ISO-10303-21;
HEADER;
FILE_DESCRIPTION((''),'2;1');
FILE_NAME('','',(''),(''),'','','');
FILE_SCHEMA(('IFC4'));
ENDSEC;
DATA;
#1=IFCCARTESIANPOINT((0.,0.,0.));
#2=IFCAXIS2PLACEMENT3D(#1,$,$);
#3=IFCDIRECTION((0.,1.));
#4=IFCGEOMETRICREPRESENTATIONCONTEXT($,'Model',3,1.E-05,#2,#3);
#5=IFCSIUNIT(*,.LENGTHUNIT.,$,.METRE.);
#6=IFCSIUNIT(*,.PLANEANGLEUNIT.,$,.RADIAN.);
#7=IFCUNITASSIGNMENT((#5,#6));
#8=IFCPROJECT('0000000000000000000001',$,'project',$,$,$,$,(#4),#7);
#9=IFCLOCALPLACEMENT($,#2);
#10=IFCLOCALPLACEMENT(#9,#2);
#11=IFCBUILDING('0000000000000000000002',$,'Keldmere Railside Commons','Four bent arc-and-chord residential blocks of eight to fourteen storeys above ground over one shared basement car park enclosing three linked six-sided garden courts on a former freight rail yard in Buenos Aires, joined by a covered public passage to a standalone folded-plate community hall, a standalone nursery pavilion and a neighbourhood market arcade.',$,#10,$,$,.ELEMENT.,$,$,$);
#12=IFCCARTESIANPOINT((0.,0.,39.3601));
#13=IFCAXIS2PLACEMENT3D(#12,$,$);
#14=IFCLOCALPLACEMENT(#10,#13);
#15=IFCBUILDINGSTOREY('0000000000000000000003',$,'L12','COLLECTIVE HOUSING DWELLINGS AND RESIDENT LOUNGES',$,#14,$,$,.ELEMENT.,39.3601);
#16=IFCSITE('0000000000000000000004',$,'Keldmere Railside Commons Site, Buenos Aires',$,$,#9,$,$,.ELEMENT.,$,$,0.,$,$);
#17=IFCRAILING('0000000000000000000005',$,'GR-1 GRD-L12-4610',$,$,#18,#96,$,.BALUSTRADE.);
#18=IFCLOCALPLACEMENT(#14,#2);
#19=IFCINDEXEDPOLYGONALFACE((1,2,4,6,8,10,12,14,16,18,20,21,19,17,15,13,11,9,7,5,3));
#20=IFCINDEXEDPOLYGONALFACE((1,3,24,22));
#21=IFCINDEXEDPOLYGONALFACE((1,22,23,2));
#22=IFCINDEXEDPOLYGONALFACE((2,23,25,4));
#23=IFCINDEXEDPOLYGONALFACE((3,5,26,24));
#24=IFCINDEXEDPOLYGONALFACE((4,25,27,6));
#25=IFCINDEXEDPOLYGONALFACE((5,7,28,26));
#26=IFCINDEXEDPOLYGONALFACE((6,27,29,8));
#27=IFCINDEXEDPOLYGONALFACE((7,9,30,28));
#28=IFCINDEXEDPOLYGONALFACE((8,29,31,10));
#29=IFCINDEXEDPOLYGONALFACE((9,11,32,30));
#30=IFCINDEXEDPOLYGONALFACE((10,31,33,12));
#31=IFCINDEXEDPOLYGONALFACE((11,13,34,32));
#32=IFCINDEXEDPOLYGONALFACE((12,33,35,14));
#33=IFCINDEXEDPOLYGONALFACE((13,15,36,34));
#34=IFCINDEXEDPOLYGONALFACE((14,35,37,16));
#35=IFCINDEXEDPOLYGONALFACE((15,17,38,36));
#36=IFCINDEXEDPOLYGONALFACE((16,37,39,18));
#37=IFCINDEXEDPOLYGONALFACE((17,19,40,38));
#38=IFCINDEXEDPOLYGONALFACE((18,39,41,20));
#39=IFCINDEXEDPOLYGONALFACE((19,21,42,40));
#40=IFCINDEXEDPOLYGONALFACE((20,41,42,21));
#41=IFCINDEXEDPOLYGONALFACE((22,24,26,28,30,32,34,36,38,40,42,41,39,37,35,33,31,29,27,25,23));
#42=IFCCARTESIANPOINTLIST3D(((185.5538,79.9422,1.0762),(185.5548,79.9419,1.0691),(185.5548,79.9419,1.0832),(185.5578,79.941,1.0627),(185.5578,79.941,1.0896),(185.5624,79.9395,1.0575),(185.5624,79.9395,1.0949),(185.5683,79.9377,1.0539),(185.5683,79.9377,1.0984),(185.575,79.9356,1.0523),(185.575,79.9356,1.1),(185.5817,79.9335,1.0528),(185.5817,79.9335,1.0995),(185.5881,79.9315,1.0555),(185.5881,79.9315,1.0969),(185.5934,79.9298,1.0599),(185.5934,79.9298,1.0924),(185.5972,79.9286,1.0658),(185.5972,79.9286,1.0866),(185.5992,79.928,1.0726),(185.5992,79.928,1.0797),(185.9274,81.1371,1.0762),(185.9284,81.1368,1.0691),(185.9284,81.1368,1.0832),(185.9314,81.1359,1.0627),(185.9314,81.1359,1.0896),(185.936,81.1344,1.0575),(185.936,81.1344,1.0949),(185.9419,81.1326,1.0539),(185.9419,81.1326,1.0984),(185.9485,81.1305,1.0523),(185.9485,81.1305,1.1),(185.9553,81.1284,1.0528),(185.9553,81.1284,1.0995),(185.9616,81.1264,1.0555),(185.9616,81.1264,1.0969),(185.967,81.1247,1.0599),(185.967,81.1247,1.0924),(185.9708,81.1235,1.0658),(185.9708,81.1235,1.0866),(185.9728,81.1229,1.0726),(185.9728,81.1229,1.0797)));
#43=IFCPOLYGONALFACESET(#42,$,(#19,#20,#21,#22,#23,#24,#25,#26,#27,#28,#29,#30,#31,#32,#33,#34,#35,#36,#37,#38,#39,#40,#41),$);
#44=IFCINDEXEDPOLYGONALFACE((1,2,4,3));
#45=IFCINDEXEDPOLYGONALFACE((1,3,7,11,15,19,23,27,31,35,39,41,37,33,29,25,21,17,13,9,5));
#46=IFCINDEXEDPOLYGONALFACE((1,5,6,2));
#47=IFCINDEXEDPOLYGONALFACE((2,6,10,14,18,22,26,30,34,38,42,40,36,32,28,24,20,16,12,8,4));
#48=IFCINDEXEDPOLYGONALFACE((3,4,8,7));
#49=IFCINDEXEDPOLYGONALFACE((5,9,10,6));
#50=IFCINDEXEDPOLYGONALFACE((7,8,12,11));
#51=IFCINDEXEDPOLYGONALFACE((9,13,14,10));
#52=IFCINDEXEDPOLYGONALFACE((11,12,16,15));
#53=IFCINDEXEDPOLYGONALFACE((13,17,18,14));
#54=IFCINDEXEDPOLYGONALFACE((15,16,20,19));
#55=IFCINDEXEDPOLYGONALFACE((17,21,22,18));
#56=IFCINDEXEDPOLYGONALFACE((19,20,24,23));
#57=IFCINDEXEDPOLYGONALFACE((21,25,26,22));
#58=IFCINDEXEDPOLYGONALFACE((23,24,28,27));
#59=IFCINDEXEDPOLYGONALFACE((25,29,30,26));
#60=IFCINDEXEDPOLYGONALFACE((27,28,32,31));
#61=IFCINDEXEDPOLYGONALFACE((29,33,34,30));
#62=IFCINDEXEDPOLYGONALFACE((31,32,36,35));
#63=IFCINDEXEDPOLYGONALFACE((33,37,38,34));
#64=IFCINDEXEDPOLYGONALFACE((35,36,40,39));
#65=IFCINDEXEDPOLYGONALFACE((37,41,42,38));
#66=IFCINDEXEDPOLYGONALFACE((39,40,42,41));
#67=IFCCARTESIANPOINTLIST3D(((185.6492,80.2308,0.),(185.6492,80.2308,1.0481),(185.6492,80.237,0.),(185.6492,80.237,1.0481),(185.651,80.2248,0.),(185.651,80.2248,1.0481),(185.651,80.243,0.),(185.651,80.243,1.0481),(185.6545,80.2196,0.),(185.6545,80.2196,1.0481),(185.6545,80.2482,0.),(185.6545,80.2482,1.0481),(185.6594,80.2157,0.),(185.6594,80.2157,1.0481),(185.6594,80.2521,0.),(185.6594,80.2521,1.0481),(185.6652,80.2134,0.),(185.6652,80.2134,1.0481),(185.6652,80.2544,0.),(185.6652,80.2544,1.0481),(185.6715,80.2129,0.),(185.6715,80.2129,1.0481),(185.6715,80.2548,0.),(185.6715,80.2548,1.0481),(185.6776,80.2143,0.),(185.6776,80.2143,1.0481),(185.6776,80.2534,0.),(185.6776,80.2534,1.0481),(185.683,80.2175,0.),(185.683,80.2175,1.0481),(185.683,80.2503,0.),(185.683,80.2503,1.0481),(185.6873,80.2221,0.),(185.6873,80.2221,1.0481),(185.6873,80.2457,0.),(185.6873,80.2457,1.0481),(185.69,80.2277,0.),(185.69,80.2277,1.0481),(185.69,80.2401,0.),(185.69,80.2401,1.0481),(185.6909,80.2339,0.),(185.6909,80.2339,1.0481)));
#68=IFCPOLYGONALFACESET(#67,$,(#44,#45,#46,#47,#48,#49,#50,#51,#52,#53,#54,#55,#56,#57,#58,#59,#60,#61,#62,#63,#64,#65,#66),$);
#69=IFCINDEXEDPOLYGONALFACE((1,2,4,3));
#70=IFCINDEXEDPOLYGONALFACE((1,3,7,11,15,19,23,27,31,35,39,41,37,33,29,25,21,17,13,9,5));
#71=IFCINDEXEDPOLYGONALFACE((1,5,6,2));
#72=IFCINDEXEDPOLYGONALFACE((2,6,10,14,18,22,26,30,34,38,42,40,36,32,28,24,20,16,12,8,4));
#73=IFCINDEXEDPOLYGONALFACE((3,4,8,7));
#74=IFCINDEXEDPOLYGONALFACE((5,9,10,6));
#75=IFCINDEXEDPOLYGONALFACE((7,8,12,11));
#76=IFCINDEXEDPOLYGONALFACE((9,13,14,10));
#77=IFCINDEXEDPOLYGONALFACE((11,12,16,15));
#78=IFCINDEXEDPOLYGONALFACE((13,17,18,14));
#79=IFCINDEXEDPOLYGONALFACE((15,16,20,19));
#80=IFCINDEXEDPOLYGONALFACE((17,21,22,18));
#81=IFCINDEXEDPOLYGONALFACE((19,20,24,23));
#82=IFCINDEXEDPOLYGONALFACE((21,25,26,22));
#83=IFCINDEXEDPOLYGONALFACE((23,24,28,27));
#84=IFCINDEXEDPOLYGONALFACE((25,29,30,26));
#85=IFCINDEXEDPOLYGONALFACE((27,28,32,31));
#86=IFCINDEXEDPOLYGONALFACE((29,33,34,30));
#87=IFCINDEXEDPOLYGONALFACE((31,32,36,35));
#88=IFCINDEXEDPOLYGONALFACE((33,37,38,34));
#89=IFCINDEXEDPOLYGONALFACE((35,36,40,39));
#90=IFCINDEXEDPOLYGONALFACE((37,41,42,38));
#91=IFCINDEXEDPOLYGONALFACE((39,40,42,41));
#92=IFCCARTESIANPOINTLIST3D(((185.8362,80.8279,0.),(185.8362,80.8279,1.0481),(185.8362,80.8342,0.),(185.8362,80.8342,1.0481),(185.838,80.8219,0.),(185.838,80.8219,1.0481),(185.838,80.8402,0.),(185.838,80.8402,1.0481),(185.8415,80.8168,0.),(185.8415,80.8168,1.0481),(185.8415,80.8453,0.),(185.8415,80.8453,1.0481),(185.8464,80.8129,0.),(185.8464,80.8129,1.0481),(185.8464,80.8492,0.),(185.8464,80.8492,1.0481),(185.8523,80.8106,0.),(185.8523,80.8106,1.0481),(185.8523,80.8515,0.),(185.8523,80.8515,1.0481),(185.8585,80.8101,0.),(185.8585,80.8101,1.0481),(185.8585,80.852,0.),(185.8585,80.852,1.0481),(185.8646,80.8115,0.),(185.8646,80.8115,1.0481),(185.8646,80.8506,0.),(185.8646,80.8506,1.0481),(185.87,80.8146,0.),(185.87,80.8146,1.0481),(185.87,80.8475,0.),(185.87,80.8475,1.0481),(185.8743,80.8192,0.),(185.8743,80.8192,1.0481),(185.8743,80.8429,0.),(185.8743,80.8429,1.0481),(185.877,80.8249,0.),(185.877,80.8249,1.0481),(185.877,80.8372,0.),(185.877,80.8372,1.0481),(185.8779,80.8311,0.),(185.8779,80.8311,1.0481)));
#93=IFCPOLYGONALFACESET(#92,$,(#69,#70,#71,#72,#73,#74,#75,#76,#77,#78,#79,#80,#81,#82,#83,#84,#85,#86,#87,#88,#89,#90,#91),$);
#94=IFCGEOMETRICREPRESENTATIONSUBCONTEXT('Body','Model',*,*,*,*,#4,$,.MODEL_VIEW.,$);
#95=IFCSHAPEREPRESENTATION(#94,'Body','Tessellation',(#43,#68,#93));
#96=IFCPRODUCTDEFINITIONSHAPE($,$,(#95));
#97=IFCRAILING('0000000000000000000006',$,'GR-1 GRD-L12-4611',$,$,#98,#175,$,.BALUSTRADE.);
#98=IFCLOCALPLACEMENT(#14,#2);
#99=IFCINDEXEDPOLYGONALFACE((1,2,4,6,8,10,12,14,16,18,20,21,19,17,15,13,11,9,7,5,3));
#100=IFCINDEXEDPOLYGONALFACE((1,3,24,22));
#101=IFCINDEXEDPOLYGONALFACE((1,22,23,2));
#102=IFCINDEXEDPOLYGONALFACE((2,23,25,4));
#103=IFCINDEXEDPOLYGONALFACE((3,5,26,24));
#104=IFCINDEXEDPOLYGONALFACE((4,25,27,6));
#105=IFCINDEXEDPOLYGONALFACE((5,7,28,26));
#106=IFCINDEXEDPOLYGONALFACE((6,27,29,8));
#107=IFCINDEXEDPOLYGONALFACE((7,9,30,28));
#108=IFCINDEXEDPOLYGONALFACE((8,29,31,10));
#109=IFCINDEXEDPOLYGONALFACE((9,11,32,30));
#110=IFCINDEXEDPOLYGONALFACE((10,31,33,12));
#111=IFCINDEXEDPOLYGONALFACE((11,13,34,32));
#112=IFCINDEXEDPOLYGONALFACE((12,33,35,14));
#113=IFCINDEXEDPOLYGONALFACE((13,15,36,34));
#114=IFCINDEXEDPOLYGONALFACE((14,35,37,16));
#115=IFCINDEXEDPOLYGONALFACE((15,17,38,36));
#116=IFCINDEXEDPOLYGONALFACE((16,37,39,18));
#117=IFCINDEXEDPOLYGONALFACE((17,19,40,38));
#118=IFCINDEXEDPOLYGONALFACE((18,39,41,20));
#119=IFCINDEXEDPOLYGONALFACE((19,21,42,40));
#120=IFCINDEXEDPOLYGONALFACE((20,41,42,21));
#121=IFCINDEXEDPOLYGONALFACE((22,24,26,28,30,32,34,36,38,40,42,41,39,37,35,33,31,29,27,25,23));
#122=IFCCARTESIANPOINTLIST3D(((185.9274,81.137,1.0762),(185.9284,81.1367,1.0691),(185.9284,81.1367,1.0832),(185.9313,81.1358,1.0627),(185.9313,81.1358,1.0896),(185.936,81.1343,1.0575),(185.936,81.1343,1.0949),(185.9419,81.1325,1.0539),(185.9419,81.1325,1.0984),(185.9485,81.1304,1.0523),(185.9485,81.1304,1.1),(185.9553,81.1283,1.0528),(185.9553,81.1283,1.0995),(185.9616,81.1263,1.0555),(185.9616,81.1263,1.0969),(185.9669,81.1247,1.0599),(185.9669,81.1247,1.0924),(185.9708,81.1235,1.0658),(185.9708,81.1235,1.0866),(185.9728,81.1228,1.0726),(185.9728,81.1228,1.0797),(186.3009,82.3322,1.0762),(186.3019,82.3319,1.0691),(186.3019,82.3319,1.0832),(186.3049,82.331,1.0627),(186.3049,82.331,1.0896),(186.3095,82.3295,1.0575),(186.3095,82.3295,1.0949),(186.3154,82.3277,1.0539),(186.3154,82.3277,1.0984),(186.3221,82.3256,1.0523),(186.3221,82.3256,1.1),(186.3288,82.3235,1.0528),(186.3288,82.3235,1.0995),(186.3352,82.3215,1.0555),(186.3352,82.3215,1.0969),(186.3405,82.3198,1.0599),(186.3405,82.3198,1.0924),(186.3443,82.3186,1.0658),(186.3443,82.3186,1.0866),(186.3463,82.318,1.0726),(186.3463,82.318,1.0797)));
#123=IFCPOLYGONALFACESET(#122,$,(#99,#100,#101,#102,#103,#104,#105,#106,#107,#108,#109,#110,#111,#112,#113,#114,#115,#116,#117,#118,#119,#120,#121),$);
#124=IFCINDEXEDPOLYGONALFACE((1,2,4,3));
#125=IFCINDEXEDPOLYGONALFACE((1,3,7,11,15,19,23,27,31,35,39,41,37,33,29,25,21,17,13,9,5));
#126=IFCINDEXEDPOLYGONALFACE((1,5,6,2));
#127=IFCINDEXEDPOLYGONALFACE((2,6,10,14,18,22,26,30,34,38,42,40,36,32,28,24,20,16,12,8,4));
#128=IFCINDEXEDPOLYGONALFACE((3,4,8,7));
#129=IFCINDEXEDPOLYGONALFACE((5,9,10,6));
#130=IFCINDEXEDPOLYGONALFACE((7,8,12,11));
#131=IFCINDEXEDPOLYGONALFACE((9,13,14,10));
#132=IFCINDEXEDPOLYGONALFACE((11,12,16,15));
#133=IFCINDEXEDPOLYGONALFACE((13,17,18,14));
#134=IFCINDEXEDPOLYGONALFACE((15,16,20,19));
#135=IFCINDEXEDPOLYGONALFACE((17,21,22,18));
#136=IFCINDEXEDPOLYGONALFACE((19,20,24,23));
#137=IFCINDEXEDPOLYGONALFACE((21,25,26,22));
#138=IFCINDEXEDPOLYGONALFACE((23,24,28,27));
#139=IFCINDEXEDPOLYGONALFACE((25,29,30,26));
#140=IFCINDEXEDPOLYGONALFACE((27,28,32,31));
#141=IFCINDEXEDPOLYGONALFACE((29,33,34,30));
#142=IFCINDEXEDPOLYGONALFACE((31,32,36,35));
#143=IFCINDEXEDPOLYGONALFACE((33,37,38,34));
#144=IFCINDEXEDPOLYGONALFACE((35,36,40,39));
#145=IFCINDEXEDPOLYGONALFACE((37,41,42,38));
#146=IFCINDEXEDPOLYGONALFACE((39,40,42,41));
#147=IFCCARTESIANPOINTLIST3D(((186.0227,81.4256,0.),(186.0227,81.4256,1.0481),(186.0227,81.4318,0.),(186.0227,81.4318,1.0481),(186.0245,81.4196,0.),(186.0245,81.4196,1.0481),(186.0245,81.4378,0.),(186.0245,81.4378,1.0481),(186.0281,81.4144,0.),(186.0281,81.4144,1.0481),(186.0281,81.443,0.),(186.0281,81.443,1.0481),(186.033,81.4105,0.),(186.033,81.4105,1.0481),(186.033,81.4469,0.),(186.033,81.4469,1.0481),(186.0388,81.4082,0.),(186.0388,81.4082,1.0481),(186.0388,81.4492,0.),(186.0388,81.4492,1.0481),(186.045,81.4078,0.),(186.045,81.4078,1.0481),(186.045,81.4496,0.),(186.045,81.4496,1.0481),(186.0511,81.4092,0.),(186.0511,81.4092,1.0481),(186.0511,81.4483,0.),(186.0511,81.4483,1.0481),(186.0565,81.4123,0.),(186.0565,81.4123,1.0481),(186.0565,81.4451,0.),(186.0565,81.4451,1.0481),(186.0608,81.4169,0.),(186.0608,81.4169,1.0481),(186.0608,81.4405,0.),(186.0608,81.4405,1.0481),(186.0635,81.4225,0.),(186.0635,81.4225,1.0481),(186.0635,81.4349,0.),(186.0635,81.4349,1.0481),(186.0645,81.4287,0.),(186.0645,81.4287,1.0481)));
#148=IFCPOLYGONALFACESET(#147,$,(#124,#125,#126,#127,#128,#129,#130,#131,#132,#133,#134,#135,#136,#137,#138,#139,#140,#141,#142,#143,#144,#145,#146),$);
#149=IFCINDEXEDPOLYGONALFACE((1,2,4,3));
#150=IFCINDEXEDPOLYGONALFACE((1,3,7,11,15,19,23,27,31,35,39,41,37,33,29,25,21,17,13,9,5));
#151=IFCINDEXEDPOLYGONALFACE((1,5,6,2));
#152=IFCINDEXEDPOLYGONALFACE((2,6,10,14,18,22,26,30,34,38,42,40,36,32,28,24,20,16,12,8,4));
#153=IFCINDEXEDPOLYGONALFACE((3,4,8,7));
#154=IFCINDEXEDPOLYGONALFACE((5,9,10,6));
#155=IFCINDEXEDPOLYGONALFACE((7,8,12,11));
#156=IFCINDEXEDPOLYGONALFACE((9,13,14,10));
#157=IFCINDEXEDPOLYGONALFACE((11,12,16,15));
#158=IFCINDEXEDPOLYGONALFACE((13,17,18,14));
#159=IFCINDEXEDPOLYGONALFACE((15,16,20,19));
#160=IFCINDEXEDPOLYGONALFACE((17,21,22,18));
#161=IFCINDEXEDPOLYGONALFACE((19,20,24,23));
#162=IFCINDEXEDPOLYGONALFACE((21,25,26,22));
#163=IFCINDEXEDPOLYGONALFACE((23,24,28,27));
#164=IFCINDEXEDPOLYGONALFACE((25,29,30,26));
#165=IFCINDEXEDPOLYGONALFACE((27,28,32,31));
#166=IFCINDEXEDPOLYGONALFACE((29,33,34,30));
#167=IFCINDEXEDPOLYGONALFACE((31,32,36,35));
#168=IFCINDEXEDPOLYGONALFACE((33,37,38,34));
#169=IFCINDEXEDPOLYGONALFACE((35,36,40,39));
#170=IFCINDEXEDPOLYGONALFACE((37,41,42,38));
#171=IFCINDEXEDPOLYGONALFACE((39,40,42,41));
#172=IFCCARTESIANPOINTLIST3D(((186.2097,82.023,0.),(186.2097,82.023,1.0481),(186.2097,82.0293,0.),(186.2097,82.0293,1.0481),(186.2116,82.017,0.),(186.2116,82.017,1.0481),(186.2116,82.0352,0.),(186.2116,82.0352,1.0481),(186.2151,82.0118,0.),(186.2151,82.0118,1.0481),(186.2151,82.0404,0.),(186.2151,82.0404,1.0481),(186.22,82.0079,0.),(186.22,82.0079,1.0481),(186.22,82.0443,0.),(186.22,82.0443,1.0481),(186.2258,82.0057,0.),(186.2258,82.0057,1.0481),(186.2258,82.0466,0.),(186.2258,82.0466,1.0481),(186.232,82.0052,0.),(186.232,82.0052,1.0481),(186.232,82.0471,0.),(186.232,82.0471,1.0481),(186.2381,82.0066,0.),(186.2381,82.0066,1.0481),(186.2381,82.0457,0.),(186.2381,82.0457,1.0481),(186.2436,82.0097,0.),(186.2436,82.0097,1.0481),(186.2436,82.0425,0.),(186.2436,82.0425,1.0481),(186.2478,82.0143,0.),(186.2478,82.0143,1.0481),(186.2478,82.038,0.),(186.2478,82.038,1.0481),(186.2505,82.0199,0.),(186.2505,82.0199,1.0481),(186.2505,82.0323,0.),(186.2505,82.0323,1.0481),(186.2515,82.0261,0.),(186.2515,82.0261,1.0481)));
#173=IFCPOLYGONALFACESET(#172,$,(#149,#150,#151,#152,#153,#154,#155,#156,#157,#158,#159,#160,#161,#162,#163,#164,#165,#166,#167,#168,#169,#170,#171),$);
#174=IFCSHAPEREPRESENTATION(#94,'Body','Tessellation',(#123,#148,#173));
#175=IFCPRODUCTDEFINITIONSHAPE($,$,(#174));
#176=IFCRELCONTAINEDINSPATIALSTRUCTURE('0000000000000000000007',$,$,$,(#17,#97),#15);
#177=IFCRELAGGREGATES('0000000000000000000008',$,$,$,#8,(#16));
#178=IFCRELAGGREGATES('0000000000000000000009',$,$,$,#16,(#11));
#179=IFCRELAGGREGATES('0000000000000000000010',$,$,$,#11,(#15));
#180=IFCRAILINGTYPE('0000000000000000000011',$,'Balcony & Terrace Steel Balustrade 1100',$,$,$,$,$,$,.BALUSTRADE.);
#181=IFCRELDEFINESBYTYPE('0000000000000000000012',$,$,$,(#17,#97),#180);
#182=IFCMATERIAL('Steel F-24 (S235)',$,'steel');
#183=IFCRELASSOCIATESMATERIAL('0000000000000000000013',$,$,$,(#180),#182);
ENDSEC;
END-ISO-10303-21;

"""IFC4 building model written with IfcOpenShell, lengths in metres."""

from ifc_helpers import new_model, si_unit, direction, frame, origin, origin_2d, place, context, subcontext, project, spatial, circle, extrude, material, type_object, element, save


model = new_model("IFC4")

# Units and contexts
model_context = context("Model", 3, precision=1e-05, world=origin(), true_north=direction((0.0, 1.0)))
body_context = subcontext(model_context, "Body", "Model", "MODEL_VIEW")
ifc_project = project(units=[si_unit("LENGTHUNIT", "METRE"), si_unit("PLANEANGLEUNIT", "RADIAN")], contexts=[model_context])

# Site, building, storey
site_placement = place(None, origin())
site = spatial("IfcSite", under=ifc_project, at=site_placement, Name="Keldmere Railside Commons Site, Buenos Aires", CompositionType="ELEMENT", RefElevation=0.0)
building_placement = place(site_placement, origin())
building = spatial("IfcBuilding", under=site, at=building_placement, Name="Keldmere Railside Commons", Description="Four bent arc-and-chord residential blocks of eight to fourteen storeys above ground over one shared basement car park enclosing three linked six-sided garden courts on a former freight rail yard in Buenos Aires, joined by a covered public passage to a standalone folded-plate community hall, a standalone nursery pavilion and a neighbourhood market arcade.", CompositionType="ELEMENT")
storey_placement = place(building_placement, frame((0.0, 0.0, 39.3601)))
storey = spatial("IfcBuildingStorey", under=building, at=storey_placement, Name="L12", Description="COLLECTIVE HOUSING DWELLINGS AND RESIDENT LOUNGES", CompositionType="ELEMENT", Elevation=39.3601)

# Shared definitions
ifc_material_1 = material(Name="Steel F-24 (S235)", Category="steel")

# Railings
railing_type_1 = type_object("IfcRailingType", Name="Balcony & Terrace Steel Balustrade 1100", PredefinedType="BALUSTRADE", material=ifc_material_1)
railing_1_placement = place(storey_placement, frame((185.5767, 79.9351, 0.0)))
element("IfcRailing", 1, at=railing_1_placement, inside=storey, type_object=railing_type_1, Name="GR-1 GRD-L12-4610", PredefinedType="BALUSTRADE", context=body_context, shape_type="SweptSolid", body=[
    extrude(circle(Radius=0.0239, at=origin_2d()), frame((0.0, 0.0, 1.0762), z_axis=(0.298386, 0.954445, 0.0), x_axis=(-0.954445, 0.298386, 0.0)), (0.0, 0.0, 1.0), 1.252),
    extrude(circle(Radius=0.021, at=origin_2d()), frame((0.0933, 0.2988, 0.0)), (0.0, 0.0, 1.0), 1.0481),
    extrude(circle(Radius=0.021, at=origin_2d()), frame((0.2803, 0.896, 0.0)), (0.0, 0.0, 1.0), 1.0481),
])
railing_2_placement = place(storey_placement, frame((185.9502, 81.1299, 0.0)))
element("IfcRailing", 2, at=railing_2_placement, inside=storey, type_object=railing_type_1, Name="GR-1 GRD-L12-4611", PredefinedType="BALUSTRADE", context=body_context, shape_type="SweptSolid", body=[
    extrude(circle(Radius=0.0239, at=origin_2d()), frame((0.0, 0.0, 1.0762), z_axis=(0.298331, 0.954463, 0.0), x_axis=(-0.954463, 0.298331, 0.0)), (0.0, 0.0, 1.0), 1.2522),
    extrude(circle(Radius=0.021, at=origin_2d()), frame((0.0933, 0.2988, 0.0)), (0.0, 0.0, 1.0), 1.0481),
    extrude(circle(Radius=0.021, at=origin_2d()), frame((0.2803, 0.8962, 0.0)), (0.0, 0.0, 1.0), 1.0481),
])

save(model, "model.ifc")
